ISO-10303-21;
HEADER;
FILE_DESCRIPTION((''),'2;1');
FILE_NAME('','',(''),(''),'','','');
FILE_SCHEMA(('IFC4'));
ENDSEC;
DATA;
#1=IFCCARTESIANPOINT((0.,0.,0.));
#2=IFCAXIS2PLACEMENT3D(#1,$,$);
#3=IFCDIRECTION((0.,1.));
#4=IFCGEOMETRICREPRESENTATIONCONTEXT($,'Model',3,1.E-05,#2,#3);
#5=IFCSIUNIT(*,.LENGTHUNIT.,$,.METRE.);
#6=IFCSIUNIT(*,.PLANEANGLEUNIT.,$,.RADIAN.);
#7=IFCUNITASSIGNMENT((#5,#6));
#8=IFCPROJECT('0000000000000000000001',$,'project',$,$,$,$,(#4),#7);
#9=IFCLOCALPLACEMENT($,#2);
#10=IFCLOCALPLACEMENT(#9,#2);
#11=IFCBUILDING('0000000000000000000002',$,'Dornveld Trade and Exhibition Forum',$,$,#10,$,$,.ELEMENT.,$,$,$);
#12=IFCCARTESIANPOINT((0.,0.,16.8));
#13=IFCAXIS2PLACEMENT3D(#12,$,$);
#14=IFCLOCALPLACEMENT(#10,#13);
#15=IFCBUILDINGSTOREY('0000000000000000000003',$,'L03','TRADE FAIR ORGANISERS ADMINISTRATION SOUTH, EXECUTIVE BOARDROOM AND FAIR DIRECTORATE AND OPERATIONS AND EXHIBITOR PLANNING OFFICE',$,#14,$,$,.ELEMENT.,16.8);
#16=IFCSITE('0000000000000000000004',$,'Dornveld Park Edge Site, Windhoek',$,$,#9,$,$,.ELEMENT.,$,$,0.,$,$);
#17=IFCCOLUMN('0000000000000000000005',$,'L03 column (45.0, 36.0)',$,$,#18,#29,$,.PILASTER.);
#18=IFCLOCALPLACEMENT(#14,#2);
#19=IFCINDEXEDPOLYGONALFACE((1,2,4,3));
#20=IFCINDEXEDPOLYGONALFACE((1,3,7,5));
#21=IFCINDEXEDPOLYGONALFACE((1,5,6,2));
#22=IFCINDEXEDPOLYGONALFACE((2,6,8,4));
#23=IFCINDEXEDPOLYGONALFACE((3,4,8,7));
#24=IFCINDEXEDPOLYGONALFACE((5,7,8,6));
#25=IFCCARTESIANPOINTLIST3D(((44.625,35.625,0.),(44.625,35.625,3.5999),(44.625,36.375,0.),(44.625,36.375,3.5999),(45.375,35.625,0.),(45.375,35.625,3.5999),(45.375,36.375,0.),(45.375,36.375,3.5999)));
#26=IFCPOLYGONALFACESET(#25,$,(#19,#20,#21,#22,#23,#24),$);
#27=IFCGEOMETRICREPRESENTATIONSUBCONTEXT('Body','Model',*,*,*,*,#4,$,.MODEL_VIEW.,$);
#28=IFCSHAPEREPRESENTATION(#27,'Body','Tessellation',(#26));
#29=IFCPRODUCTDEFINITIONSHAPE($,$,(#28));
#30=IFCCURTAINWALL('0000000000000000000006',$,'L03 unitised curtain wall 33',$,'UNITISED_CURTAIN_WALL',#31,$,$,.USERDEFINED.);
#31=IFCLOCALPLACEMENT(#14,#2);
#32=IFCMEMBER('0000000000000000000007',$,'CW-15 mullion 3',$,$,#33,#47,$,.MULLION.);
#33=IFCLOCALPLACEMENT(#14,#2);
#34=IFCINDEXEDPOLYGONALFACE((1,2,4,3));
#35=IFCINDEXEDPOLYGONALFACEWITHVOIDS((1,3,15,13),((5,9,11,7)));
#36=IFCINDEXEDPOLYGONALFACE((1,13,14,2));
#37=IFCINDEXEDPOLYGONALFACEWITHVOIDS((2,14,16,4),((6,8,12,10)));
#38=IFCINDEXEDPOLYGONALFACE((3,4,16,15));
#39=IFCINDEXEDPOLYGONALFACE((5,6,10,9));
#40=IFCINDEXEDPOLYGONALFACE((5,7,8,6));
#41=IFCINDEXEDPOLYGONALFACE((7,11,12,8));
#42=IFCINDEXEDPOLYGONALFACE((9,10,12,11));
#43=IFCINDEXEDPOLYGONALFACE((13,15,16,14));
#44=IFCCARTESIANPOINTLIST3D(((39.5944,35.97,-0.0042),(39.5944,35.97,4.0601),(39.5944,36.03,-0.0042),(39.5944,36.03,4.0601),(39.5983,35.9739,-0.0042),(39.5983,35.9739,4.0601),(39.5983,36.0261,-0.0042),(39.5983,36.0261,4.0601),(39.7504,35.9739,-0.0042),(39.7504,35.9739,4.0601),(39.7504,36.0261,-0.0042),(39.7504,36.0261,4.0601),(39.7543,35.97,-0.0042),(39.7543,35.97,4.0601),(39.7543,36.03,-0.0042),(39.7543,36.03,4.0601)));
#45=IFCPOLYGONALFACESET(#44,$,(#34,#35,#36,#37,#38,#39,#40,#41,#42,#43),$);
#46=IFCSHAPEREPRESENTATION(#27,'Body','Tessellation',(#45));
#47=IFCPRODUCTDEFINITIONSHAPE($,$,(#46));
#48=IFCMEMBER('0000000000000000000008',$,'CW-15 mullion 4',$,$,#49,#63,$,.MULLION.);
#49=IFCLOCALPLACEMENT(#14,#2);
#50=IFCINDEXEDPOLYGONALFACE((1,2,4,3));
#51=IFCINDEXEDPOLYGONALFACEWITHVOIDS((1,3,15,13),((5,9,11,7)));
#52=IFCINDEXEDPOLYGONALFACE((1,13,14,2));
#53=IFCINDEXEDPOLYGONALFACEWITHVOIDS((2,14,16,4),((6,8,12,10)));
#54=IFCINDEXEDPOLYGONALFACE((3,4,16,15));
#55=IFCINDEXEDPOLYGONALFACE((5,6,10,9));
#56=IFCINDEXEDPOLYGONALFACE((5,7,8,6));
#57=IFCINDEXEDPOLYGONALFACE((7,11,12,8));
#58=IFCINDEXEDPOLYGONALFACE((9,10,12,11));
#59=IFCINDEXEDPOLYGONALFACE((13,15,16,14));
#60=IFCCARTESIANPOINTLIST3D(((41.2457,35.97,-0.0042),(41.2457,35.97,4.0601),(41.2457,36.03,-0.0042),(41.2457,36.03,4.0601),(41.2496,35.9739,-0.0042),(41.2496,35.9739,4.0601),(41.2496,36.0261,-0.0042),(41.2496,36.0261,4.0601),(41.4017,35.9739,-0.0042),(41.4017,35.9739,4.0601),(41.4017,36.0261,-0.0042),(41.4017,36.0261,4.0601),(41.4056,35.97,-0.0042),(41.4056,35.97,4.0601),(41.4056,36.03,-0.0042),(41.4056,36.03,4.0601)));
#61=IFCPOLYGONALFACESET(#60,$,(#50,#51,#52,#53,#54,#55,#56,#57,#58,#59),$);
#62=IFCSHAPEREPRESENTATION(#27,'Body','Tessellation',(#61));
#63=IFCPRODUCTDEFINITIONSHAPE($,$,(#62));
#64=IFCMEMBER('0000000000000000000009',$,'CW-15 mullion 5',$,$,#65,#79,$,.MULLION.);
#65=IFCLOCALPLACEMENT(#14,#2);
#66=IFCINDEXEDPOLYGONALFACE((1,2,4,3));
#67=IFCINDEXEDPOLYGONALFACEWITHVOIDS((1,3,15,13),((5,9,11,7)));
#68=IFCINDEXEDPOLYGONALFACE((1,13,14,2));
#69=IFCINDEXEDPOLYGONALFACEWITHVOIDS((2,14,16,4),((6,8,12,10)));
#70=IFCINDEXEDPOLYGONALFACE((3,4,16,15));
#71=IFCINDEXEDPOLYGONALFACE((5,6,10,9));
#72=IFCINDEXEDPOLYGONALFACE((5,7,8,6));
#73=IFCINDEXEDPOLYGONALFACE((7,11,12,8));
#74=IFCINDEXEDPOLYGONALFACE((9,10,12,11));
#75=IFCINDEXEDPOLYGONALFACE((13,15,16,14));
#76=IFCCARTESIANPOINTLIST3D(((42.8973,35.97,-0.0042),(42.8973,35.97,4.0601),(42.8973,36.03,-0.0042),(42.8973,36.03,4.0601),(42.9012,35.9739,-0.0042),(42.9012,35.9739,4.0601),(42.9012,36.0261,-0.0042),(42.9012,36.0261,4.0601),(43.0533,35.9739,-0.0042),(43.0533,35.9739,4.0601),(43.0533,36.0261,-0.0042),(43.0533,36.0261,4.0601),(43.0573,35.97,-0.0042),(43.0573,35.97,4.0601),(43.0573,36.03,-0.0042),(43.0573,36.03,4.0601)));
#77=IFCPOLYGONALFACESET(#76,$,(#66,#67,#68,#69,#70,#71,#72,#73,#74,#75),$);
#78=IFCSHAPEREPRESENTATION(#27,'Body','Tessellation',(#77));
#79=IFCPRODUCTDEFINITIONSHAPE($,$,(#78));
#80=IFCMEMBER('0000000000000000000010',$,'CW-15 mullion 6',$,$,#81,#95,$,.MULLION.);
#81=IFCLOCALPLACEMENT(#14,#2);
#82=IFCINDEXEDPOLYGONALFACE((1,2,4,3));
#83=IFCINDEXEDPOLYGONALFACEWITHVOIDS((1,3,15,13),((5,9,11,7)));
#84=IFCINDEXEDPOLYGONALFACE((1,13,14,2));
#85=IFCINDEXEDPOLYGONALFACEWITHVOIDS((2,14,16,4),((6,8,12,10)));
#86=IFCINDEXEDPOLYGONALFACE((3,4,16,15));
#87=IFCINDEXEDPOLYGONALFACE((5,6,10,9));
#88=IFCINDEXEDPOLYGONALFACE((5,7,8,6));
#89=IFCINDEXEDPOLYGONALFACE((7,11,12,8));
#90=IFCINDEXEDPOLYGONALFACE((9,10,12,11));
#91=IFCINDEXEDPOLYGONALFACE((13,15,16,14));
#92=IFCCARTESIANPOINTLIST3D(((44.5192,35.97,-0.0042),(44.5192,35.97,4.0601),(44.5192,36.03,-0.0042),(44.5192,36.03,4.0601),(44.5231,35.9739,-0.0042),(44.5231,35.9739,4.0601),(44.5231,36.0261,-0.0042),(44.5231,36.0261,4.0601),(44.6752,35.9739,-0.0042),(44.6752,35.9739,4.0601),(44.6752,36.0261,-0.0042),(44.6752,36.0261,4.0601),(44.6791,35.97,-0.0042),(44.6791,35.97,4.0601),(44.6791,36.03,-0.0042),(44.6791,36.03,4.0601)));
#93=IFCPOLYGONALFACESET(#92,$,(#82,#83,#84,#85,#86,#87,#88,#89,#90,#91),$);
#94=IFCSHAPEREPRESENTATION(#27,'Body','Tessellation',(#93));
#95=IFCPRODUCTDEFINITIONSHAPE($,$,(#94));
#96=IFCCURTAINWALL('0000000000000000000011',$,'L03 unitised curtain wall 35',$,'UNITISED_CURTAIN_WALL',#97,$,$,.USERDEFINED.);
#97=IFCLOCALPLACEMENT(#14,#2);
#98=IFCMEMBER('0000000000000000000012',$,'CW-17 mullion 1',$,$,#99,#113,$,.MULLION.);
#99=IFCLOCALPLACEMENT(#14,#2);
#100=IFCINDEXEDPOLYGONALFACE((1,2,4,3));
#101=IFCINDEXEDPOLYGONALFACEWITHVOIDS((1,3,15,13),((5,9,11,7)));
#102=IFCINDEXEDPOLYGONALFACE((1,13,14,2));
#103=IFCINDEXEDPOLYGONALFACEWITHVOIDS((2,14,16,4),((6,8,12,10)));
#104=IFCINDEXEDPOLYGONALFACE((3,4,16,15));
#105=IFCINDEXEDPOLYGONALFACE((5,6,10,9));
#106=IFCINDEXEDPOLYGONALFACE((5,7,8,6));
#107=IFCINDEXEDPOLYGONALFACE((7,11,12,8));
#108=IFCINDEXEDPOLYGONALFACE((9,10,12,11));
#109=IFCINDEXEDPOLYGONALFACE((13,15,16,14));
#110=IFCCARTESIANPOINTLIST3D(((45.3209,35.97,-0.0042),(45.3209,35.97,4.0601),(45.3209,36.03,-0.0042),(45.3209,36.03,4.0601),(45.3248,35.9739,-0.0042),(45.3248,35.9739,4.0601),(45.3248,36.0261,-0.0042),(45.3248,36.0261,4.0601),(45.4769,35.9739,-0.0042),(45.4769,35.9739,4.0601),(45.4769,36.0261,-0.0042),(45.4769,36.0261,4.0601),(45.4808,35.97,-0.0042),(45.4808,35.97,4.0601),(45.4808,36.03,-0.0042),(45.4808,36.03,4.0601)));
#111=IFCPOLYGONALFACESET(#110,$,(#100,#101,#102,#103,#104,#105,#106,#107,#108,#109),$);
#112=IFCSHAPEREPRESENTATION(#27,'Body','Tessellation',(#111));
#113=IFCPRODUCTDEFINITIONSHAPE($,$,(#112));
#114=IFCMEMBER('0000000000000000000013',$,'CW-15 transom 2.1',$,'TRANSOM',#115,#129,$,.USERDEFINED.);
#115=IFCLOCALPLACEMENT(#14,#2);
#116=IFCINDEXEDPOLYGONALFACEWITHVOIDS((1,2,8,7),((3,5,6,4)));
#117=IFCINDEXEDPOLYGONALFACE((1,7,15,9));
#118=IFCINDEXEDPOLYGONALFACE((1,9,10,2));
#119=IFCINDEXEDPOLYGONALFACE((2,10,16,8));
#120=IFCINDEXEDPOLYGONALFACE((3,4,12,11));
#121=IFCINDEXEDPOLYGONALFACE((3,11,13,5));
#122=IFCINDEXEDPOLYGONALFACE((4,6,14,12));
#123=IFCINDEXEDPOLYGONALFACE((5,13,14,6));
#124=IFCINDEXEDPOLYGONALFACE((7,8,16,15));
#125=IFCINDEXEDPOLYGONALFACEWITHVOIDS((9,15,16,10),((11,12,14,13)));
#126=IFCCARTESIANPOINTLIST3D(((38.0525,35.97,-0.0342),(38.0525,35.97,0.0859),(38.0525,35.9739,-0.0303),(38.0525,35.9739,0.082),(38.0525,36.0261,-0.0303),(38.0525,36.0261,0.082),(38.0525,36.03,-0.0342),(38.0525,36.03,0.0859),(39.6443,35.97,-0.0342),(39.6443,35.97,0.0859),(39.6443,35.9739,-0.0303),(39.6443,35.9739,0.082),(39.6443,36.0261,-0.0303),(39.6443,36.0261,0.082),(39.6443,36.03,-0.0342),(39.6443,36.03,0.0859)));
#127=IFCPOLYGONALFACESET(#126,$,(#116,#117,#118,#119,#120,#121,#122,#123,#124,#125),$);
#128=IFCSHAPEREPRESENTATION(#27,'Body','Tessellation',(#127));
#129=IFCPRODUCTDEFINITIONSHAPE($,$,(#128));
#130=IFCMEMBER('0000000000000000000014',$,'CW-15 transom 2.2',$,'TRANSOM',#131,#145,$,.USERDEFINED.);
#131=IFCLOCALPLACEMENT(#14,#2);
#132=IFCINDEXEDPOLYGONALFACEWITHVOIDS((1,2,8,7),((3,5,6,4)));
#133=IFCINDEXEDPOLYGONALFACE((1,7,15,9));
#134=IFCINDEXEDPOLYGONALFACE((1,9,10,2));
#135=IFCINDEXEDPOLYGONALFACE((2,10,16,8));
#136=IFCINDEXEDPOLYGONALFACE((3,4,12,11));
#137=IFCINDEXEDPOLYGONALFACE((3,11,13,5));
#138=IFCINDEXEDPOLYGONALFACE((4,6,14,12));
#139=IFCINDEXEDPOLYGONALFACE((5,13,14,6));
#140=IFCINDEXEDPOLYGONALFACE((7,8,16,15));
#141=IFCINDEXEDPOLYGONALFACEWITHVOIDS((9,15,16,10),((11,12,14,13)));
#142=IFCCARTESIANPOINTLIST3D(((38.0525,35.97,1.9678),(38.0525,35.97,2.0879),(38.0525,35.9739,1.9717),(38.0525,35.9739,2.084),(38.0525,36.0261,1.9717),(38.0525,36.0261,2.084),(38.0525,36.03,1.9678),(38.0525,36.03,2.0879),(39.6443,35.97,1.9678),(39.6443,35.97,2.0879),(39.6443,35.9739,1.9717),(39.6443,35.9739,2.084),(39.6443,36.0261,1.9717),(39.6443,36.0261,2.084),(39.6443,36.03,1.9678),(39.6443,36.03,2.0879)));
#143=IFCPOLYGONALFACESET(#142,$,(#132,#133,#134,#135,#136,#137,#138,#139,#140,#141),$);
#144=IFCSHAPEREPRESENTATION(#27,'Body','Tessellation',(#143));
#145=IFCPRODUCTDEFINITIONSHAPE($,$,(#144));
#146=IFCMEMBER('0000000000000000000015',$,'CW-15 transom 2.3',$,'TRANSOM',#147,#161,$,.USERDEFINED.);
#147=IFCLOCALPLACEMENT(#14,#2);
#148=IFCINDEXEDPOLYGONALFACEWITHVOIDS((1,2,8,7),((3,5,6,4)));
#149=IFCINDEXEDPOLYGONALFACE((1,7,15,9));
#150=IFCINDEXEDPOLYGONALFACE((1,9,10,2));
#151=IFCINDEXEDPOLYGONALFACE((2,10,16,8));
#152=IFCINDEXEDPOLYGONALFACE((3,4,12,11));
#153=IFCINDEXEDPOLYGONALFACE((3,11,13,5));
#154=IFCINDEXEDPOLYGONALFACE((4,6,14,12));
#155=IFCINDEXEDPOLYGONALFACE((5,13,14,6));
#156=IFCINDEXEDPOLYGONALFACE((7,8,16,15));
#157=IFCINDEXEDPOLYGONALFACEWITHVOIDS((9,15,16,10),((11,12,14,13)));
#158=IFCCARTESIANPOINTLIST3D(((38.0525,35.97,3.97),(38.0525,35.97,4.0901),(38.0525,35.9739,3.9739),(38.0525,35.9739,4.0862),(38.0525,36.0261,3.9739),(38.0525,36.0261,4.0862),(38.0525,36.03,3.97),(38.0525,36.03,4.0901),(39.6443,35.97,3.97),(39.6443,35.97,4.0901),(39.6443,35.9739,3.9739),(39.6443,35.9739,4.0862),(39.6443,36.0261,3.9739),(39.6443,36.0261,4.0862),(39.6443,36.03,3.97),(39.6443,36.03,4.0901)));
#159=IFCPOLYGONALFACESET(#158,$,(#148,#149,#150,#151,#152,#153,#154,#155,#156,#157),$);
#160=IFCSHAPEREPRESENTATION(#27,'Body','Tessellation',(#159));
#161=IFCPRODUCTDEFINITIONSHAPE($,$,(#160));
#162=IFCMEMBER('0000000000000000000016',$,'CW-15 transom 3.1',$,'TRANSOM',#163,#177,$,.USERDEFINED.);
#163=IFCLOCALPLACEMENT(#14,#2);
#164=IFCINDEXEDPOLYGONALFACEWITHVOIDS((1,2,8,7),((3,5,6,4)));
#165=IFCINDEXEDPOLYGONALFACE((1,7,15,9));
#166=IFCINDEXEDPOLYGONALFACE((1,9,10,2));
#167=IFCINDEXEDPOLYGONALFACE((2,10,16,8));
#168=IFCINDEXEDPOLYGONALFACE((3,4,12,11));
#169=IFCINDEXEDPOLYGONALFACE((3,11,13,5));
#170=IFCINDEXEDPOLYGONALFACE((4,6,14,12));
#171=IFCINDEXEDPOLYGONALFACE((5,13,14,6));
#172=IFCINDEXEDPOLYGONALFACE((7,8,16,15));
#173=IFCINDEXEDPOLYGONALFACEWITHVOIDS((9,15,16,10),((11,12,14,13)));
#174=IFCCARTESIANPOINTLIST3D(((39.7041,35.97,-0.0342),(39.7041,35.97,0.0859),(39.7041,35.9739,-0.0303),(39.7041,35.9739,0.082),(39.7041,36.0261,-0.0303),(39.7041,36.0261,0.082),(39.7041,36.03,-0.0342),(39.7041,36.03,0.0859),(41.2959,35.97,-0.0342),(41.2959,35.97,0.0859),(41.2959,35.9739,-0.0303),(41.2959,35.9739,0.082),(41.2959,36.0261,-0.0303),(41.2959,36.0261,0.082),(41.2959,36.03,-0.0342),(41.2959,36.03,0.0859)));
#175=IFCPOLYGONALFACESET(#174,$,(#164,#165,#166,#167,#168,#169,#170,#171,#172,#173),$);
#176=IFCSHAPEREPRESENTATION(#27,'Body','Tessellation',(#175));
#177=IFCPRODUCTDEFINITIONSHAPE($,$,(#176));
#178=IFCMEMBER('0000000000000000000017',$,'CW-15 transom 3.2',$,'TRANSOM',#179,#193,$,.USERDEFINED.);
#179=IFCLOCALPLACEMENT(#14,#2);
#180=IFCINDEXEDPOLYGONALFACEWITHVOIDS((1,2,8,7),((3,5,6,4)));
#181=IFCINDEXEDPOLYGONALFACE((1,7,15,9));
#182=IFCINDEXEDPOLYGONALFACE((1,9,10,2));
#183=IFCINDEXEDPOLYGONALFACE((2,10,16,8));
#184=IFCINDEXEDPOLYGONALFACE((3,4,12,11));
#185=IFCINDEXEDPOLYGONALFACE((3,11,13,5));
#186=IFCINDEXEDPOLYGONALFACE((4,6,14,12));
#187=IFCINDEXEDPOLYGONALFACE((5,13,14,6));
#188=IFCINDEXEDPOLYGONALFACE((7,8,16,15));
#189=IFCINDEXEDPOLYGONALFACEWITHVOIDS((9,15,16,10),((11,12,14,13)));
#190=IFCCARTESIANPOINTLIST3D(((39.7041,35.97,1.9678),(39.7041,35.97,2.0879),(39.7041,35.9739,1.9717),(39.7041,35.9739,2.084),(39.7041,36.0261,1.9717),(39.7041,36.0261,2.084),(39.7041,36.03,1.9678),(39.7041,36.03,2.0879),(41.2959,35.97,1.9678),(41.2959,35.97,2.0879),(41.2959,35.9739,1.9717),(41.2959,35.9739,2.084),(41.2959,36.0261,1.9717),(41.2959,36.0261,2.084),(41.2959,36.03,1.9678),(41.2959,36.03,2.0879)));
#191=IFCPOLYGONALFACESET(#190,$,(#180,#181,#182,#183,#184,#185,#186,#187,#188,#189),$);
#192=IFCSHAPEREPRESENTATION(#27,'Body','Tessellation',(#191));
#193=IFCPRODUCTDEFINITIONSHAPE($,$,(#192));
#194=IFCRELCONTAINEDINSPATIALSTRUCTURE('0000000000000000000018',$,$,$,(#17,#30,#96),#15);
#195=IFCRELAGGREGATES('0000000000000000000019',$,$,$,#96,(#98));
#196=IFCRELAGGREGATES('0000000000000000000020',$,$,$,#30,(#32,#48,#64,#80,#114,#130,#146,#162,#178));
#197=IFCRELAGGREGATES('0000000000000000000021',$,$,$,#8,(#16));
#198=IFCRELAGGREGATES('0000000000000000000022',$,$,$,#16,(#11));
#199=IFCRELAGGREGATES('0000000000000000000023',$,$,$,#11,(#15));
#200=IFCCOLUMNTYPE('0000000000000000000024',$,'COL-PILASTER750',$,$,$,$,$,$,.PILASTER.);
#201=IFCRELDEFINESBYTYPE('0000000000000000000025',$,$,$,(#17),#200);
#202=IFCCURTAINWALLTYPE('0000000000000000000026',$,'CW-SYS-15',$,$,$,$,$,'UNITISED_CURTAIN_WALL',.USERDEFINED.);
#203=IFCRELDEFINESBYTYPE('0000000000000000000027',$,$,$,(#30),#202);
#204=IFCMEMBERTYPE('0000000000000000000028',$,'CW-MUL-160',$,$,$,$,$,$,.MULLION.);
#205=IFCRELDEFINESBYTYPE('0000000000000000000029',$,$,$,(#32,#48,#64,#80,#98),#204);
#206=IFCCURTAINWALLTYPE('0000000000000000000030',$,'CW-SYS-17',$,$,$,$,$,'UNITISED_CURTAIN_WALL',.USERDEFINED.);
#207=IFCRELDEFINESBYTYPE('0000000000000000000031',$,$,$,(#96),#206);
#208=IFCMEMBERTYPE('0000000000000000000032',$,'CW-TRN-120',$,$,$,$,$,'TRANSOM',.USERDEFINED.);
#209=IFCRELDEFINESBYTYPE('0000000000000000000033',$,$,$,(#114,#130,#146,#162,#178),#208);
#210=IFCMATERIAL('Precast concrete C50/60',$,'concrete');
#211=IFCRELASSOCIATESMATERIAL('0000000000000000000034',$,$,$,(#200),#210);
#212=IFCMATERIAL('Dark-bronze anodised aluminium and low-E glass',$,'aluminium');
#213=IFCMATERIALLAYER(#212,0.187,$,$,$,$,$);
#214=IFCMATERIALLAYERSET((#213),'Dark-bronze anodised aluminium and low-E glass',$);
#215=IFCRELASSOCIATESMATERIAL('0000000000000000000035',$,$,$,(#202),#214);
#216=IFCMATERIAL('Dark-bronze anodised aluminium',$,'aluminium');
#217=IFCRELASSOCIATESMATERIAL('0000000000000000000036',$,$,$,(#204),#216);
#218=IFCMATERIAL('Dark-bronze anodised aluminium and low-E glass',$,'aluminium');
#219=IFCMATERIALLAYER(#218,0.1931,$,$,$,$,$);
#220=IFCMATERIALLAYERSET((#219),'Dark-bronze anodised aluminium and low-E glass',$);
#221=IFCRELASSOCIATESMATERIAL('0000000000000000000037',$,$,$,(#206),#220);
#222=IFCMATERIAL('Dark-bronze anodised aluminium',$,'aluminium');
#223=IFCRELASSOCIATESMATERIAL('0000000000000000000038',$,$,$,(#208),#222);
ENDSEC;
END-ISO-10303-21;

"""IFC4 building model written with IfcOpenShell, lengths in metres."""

from ifc_helpers import new_model, si_unit, direction, frame, origin, origin_2d, place, context, subcontext, project, spatial, rectangle, hollow_rectangle, extrude, material, layer, layer_set, material_profile, profile_set, type_object, element, aggregate, save


model = new_model("IFC4")

# Units and contexts
model_context = context("Model", 3, precision=1e-05, world=origin(), true_north=direction((0.0, 1.0)))
body_context = subcontext(model_context, "Body", "Model", "MODEL_VIEW")
ifc_project = project(units=[si_unit("LENGTHUNIT", "METRE"), si_unit("PLANEANGLEUNIT", "RADIAN")], contexts=[model_context])

# Site, building, storey
site_placement = place(None, origin())
site = spatial("IfcSite", under=ifc_project, at=site_placement, Name="Dornveld Park Edge Site, Windhoek", CompositionType="ELEMENT", RefElevation=0.0)
building_placement = place(site_placement, origin())
building = spatial("IfcBuilding", under=site, at=building_placement, Name="Dornveld Trade and Exhibition Forum", CompositionType="ELEMENT")
storey_placement = place(building_placement, frame((0.0, 0.0, 16.8)))
storey = spatial("IfcBuildingStorey", under=building, at=storey_placement, Name="L03", Description="TRADE FAIR ORGANISERS ADMINISTRATION SOUTH, EXECUTIVE BOARDROOM AND FAIR DIRECTORATE AND OPERATIONS AND EXHIBITOR PLANNING OFFICE", CompositionType="ELEMENT", Elevation=16.8)

# Column
ifc_material_1 = material(Name="Precast concrete C50/60", Category="concrete")
ifc_material_profile_1 = material_profile(ifc_material_1, rectangle(XDim=0.75, YDim=0.75, at=origin_2d()), Name="PC-COL 750x750")
ifc_profile_set_1 = profile_set([ifc_material_profile_1], Name="Precast concrete C50/60")
column_type = type_object("IfcColumnType", Name="COL-PILASTER750", PredefinedType="PILASTER", material=ifc_profile_set_1)
column_placement = place(storey_placement, frame((45.0, 36.0, 0.0), z_axis=(0.0, 0.0, 1.0), x_axis=(1.0, 0.0, 0.0)))
element("IfcColumn", 1, at=column_placement, inside=storey, type_object=column_type, Name="L03 column (45.0, 36.0)", PredefinedType="PILASTER", context=body_context, shape_type="SweptSolid", body=[
    extrude(rectangle(XDim=0.75, YDim=0.75, at=origin_2d()), origin(), (0.0, 0.0, 1.0), 3.5999),
])

# Curtain wall, members
ifc_material_2 = material(Name="Dark-bronze anodised aluminium and low-E glass", Category="aluminium")
ifc_layer_1 = layer(ifc_material_2, 0.187)
ifc_layer_set_1 = layer_set([ifc_layer_1], Name="Dark-bronze anodised aluminium and low-E glass")
curtain_wall_type_1 = type_object("IfcCurtainWallType", Name="CW-SYS-15", ElementType="UNITISED_CURTAIN_WALL", PredefinedType="USERDEFINED", material=ifc_layer_set_1)
curtain_wall_1_placement = place(storey_placement, origin())
curtain_wall_1 = element("IfcCurtainWall", 2, at=curtain_wall_1_placement, inside=storey, type_object=curtain_wall_type_1, Name="L03 unitised curtain wall 33", ObjectType="UNITISED_CURTAIN_WALL", PredefinedType="USERDEFINED")
ifc_material_3 = material(Name="Dark-bronze anodised aluminium", Category="aluminium")
ifc_material_profile_2 = material_profile(ifc_material_3, hollow_rectangle(XDim=0.0601, YDim=0.1599, WallThickness=0.0039, at=origin_2d()), Name="RHS 160x60x4")
ifc_profile_set_2 = profile_set([ifc_material_profile_2], Name="Dark-bronze anodised aluminium")
member_type_1 = type_object("IfcMemberType", Name="CW-MUL-160", PredefinedType="MULLION", material=ifc_profile_set_2)
member_1_placement = place(storey_placement, frame((39.6743, 36.0, -0.0042), z_axis=(0.0, 0.0, 1.0), x_axis=(0.0, 1.0, 0.0)))
member_1 = element("IfcMember", 3, at=member_1_placement, type_object=member_type_1, Name="CW-15 mullion 3", PredefinedType="MULLION", context=body_context, shape_type="SweptSolid", body=[
    extrude(hollow_rectangle(XDim=0.0601, YDim=0.1599, WallThickness=0.0039, at=origin_2d()), origin(), (0.0, 0.0, 1.0), 4.0642),
])
member_2_placement = place(storey_placement, frame((41.3257, 36.0, -0.0042), z_axis=(0.0, 0.0, 1.0), x_axis=(0.0, 1.0, 0.0)))
member_2 = element("IfcMember", 4, at=member_2_placement, type_object=member_type_1, Name="CW-15 mullion 4", PredefinedType="MULLION", context=body_context, shape_type="SweptSolid", body=[
    extrude(hollow_rectangle(XDim=0.0601, YDim=0.1599, WallThickness=0.0039, at=origin_2d()), origin(), (0.0, 0.0, 1.0), 4.0642),
])
member_3_placement = place(storey_placement, frame((42.9773, 36.0, -0.0042), z_axis=(0.0, 0.0, 1.0), x_axis=(0.0, 1.0, 0.0)))
member_3 = element("IfcMember", 5, at=member_3_placement, type_object=member_type_1, Name="CW-15 mullion 5", PredefinedType="MULLION", context=body_context, shape_type="SweptSolid", body=[
    extrude(hollow_rectangle(XDim=0.0601, YDim=0.1599, WallThickness=0.0039, at=origin_2d()), origin(), (0.0, 0.0, 1.0), 4.0642),
])
member_4_placement = place(storey_placement, frame((44.5991, 36.0, -0.0042), z_axis=(0.0, 0.0, 1.0), x_axis=(0.0, 1.0, 0.0)))
member_4 = element("IfcMember", 6, at=member_4_placement, type_object=member_type_1, Name="CW-15 mullion 6", PredefinedType="MULLION", context=body_context, shape_type="SweptSolid", body=[
    extrude(hollow_rectangle(XDim=0.0601, YDim=0.1599, WallThickness=0.0039, at=origin_2d()), origin(), (0.0, 0.0, 1.0), 4.0642),
])

# Curtain wall, member
ifc_material_4 = material(Name="Dark-bronze anodised aluminium and low-E glass", Category="aluminium")
ifc_layer_2 = layer(ifc_material_4, 0.1931)
ifc_layer_set_2 = layer_set([ifc_layer_2], Name="Dark-bronze anodised aluminium and low-E glass")
curtain_wall_type_2 = type_object("IfcCurtainWallType", Name="CW-SYS-17", ElementType="UNITISED_CURTAIN_WALL", PredefinedType="USERDEFINED", material=ifc_layer_set_2)
curtain_wall_2_placement = place(storey_placement, origin())
curtain_wall_2 = element("IfcCurtainWall", 7, at=curtain_wall_2_placement, inside=storey, type_object=curtain_wall_type_2, Name="L03 unitised curtain wall 35", ObjectType="UNITISED_CURTAIN_WALL", PredefinedType="USERDEFINED")
member_5_placement = place(storey_placement, frame((45.4009, 36.0, -0.0042), z_axis=(0.0, 0.0, 1.0), x_axis=(0.0, 1.0, 0.0)))
member_5 = element("IfcMember", 8, at=member_5_placement, type_object=member_type_1, Name="CW-17 mullion 1", PredefinedType="MULLION", context=body_context, shape_type="SweptSolid", body=[
    extrude(hollow_rectangle(XDim=0.0601, YDim=0.1599, WallThickness=0.0039, at=origin_2d()), origin(), (0.0, 0.0, 1.0), 4.0642),
])

# Members
ifc_material_5 = material(Name="Dark-bronze anodised aluminium", Category="aluminium")
ifc_material_profile_3 = material_profile(ifc_material_5, hollow_rectangle(XDim=0.0601, YDim=0.1201, WallThickness=0.0039, at=origin_2d()), Name="RHS 120x60x4")
ifc_profile_set_3 = profile_set([ifc_material_profile_3], Name="Dark-bronze anodised aluminium")
member_type_2 = type_object("IfcMemberType", Name="CW-TRN-120", ElementType="TRANSOM", PredefinedType="USERDEFINED", material=ifc_profile_set_3)
member_6_placement = place(storey_placement, frame((38.0525, 36.0, 0.0259), z_axis=(1.0, 0.0, 0.0), x_axis=(0.0, 1.0, 0.0)))
member_6 = element("IfcMember", 9, at=member_6_placement, type_object=member_type_2, Name="CW-15 transom 2.1", ObjectType="TRANSOM", PredefinedType="USERDEFINED", context=body_context, shape_type="SweptSolid", body=[
    extrude(hollow_rectangle(XDim=0.0601, YDim=0.1201, WallThickness=0.0039, at=origin_2d()), origin(), (0.0, 0.0, 1.0), 1.5918),
])
member_7_placement = place(storey_placement, frame((38.0525, 36.0, 2.0278), z_axis=(1.0, 0.0, 0.0), x_axis=(0.0, 1.0, 0.0)))
member_7 = element("IfcMember", 10, at=member_7_placement, type_object=member_type_2, Name="CW-15 transom 2.2", ObjectType="TRANSOM", PredefinedType="USERDEFINED", context=body_context, shape_type="SweptSolid", body=[
    extrude(hollow_rectangle(XDim=0.0601, YDim=0.1201, WallThickness=0.0039, at=origin_2d()), origin(), (0.0, 0.0, 1.0), 1.5918),
])
member_8_placement = place(storey_placement, frame((38.0525, 36.0, 4.03), z_axis=(1.0, 0.0, 0.0), x_axis=(0.0, 1.0, 0.0)))
member_8 = element("IfcMember", 11, at=member_8_placement, type_object=member_type_2, Name="CW-15 transom 2.3", ObjectType="TRANSOM", PredefinedType="USERDEFINED", context=body_context, shape_type="SweptSolid", body=[
    extrude(hollow_rectangle(XDim=0.0601, YDim=0.1201, WallThickness=0.0039, at=origin_2d()), origin(), (0.0, 0.0, 1.0), 1.5918),
])
member_9_placement = place(storey_placement, frame((39.7041, 36.0, 0.0259), z_axis=(1.0, 0.0, 0.0), x_axis=(0.0, 1.0, 0.0)))
member_9 = element("IfcMember", 12, at=member_9_placement, type_object=member_type_2, Name="CW-15 transom 3.1", ObjectType="TRANSOM", PredefinedType="USERDEFINED", context=body_context, shape_type="SweptSolid", body=[
    extrude(hollow_rectangle(XDim=0.0601, YDim=0.1201, WallThickness=0.0039, at=origin_2d()), origin(), (0.0, 0.0, 1.0), 1.5918),
])
member_10_placement = place(storey_placement, frame((39.7041, 36.0, 2.0278), z_axis=(1.0, 0.0, 0.0), x_axis=(0.0, 1.0, 0.0)))
member_10 = element("IfcMember", 13, at=member_10_placement, type_object=member_type_2, Name="CW-15 transom 3.2", ObjectType="TRANSOM", PredefinedType="USERDEFINED", context=body_context, shape_type="SweptSolid", body=[
    extrude(hollow_rectangle(XDim=0.0601, YDim=0.1201, WallThickness=0.0039, at=origin_2d()), origin(), (0.0, 0.0, 1.0), 1.5918),
])
aggregate(curtain_wall_2, [member_5])

aggregate(curtain_wall_1, [member_1, member_2, member_3, member_4, member_6, member_7, member_8, member_9, member_10])

save(model, "model.ifc")
